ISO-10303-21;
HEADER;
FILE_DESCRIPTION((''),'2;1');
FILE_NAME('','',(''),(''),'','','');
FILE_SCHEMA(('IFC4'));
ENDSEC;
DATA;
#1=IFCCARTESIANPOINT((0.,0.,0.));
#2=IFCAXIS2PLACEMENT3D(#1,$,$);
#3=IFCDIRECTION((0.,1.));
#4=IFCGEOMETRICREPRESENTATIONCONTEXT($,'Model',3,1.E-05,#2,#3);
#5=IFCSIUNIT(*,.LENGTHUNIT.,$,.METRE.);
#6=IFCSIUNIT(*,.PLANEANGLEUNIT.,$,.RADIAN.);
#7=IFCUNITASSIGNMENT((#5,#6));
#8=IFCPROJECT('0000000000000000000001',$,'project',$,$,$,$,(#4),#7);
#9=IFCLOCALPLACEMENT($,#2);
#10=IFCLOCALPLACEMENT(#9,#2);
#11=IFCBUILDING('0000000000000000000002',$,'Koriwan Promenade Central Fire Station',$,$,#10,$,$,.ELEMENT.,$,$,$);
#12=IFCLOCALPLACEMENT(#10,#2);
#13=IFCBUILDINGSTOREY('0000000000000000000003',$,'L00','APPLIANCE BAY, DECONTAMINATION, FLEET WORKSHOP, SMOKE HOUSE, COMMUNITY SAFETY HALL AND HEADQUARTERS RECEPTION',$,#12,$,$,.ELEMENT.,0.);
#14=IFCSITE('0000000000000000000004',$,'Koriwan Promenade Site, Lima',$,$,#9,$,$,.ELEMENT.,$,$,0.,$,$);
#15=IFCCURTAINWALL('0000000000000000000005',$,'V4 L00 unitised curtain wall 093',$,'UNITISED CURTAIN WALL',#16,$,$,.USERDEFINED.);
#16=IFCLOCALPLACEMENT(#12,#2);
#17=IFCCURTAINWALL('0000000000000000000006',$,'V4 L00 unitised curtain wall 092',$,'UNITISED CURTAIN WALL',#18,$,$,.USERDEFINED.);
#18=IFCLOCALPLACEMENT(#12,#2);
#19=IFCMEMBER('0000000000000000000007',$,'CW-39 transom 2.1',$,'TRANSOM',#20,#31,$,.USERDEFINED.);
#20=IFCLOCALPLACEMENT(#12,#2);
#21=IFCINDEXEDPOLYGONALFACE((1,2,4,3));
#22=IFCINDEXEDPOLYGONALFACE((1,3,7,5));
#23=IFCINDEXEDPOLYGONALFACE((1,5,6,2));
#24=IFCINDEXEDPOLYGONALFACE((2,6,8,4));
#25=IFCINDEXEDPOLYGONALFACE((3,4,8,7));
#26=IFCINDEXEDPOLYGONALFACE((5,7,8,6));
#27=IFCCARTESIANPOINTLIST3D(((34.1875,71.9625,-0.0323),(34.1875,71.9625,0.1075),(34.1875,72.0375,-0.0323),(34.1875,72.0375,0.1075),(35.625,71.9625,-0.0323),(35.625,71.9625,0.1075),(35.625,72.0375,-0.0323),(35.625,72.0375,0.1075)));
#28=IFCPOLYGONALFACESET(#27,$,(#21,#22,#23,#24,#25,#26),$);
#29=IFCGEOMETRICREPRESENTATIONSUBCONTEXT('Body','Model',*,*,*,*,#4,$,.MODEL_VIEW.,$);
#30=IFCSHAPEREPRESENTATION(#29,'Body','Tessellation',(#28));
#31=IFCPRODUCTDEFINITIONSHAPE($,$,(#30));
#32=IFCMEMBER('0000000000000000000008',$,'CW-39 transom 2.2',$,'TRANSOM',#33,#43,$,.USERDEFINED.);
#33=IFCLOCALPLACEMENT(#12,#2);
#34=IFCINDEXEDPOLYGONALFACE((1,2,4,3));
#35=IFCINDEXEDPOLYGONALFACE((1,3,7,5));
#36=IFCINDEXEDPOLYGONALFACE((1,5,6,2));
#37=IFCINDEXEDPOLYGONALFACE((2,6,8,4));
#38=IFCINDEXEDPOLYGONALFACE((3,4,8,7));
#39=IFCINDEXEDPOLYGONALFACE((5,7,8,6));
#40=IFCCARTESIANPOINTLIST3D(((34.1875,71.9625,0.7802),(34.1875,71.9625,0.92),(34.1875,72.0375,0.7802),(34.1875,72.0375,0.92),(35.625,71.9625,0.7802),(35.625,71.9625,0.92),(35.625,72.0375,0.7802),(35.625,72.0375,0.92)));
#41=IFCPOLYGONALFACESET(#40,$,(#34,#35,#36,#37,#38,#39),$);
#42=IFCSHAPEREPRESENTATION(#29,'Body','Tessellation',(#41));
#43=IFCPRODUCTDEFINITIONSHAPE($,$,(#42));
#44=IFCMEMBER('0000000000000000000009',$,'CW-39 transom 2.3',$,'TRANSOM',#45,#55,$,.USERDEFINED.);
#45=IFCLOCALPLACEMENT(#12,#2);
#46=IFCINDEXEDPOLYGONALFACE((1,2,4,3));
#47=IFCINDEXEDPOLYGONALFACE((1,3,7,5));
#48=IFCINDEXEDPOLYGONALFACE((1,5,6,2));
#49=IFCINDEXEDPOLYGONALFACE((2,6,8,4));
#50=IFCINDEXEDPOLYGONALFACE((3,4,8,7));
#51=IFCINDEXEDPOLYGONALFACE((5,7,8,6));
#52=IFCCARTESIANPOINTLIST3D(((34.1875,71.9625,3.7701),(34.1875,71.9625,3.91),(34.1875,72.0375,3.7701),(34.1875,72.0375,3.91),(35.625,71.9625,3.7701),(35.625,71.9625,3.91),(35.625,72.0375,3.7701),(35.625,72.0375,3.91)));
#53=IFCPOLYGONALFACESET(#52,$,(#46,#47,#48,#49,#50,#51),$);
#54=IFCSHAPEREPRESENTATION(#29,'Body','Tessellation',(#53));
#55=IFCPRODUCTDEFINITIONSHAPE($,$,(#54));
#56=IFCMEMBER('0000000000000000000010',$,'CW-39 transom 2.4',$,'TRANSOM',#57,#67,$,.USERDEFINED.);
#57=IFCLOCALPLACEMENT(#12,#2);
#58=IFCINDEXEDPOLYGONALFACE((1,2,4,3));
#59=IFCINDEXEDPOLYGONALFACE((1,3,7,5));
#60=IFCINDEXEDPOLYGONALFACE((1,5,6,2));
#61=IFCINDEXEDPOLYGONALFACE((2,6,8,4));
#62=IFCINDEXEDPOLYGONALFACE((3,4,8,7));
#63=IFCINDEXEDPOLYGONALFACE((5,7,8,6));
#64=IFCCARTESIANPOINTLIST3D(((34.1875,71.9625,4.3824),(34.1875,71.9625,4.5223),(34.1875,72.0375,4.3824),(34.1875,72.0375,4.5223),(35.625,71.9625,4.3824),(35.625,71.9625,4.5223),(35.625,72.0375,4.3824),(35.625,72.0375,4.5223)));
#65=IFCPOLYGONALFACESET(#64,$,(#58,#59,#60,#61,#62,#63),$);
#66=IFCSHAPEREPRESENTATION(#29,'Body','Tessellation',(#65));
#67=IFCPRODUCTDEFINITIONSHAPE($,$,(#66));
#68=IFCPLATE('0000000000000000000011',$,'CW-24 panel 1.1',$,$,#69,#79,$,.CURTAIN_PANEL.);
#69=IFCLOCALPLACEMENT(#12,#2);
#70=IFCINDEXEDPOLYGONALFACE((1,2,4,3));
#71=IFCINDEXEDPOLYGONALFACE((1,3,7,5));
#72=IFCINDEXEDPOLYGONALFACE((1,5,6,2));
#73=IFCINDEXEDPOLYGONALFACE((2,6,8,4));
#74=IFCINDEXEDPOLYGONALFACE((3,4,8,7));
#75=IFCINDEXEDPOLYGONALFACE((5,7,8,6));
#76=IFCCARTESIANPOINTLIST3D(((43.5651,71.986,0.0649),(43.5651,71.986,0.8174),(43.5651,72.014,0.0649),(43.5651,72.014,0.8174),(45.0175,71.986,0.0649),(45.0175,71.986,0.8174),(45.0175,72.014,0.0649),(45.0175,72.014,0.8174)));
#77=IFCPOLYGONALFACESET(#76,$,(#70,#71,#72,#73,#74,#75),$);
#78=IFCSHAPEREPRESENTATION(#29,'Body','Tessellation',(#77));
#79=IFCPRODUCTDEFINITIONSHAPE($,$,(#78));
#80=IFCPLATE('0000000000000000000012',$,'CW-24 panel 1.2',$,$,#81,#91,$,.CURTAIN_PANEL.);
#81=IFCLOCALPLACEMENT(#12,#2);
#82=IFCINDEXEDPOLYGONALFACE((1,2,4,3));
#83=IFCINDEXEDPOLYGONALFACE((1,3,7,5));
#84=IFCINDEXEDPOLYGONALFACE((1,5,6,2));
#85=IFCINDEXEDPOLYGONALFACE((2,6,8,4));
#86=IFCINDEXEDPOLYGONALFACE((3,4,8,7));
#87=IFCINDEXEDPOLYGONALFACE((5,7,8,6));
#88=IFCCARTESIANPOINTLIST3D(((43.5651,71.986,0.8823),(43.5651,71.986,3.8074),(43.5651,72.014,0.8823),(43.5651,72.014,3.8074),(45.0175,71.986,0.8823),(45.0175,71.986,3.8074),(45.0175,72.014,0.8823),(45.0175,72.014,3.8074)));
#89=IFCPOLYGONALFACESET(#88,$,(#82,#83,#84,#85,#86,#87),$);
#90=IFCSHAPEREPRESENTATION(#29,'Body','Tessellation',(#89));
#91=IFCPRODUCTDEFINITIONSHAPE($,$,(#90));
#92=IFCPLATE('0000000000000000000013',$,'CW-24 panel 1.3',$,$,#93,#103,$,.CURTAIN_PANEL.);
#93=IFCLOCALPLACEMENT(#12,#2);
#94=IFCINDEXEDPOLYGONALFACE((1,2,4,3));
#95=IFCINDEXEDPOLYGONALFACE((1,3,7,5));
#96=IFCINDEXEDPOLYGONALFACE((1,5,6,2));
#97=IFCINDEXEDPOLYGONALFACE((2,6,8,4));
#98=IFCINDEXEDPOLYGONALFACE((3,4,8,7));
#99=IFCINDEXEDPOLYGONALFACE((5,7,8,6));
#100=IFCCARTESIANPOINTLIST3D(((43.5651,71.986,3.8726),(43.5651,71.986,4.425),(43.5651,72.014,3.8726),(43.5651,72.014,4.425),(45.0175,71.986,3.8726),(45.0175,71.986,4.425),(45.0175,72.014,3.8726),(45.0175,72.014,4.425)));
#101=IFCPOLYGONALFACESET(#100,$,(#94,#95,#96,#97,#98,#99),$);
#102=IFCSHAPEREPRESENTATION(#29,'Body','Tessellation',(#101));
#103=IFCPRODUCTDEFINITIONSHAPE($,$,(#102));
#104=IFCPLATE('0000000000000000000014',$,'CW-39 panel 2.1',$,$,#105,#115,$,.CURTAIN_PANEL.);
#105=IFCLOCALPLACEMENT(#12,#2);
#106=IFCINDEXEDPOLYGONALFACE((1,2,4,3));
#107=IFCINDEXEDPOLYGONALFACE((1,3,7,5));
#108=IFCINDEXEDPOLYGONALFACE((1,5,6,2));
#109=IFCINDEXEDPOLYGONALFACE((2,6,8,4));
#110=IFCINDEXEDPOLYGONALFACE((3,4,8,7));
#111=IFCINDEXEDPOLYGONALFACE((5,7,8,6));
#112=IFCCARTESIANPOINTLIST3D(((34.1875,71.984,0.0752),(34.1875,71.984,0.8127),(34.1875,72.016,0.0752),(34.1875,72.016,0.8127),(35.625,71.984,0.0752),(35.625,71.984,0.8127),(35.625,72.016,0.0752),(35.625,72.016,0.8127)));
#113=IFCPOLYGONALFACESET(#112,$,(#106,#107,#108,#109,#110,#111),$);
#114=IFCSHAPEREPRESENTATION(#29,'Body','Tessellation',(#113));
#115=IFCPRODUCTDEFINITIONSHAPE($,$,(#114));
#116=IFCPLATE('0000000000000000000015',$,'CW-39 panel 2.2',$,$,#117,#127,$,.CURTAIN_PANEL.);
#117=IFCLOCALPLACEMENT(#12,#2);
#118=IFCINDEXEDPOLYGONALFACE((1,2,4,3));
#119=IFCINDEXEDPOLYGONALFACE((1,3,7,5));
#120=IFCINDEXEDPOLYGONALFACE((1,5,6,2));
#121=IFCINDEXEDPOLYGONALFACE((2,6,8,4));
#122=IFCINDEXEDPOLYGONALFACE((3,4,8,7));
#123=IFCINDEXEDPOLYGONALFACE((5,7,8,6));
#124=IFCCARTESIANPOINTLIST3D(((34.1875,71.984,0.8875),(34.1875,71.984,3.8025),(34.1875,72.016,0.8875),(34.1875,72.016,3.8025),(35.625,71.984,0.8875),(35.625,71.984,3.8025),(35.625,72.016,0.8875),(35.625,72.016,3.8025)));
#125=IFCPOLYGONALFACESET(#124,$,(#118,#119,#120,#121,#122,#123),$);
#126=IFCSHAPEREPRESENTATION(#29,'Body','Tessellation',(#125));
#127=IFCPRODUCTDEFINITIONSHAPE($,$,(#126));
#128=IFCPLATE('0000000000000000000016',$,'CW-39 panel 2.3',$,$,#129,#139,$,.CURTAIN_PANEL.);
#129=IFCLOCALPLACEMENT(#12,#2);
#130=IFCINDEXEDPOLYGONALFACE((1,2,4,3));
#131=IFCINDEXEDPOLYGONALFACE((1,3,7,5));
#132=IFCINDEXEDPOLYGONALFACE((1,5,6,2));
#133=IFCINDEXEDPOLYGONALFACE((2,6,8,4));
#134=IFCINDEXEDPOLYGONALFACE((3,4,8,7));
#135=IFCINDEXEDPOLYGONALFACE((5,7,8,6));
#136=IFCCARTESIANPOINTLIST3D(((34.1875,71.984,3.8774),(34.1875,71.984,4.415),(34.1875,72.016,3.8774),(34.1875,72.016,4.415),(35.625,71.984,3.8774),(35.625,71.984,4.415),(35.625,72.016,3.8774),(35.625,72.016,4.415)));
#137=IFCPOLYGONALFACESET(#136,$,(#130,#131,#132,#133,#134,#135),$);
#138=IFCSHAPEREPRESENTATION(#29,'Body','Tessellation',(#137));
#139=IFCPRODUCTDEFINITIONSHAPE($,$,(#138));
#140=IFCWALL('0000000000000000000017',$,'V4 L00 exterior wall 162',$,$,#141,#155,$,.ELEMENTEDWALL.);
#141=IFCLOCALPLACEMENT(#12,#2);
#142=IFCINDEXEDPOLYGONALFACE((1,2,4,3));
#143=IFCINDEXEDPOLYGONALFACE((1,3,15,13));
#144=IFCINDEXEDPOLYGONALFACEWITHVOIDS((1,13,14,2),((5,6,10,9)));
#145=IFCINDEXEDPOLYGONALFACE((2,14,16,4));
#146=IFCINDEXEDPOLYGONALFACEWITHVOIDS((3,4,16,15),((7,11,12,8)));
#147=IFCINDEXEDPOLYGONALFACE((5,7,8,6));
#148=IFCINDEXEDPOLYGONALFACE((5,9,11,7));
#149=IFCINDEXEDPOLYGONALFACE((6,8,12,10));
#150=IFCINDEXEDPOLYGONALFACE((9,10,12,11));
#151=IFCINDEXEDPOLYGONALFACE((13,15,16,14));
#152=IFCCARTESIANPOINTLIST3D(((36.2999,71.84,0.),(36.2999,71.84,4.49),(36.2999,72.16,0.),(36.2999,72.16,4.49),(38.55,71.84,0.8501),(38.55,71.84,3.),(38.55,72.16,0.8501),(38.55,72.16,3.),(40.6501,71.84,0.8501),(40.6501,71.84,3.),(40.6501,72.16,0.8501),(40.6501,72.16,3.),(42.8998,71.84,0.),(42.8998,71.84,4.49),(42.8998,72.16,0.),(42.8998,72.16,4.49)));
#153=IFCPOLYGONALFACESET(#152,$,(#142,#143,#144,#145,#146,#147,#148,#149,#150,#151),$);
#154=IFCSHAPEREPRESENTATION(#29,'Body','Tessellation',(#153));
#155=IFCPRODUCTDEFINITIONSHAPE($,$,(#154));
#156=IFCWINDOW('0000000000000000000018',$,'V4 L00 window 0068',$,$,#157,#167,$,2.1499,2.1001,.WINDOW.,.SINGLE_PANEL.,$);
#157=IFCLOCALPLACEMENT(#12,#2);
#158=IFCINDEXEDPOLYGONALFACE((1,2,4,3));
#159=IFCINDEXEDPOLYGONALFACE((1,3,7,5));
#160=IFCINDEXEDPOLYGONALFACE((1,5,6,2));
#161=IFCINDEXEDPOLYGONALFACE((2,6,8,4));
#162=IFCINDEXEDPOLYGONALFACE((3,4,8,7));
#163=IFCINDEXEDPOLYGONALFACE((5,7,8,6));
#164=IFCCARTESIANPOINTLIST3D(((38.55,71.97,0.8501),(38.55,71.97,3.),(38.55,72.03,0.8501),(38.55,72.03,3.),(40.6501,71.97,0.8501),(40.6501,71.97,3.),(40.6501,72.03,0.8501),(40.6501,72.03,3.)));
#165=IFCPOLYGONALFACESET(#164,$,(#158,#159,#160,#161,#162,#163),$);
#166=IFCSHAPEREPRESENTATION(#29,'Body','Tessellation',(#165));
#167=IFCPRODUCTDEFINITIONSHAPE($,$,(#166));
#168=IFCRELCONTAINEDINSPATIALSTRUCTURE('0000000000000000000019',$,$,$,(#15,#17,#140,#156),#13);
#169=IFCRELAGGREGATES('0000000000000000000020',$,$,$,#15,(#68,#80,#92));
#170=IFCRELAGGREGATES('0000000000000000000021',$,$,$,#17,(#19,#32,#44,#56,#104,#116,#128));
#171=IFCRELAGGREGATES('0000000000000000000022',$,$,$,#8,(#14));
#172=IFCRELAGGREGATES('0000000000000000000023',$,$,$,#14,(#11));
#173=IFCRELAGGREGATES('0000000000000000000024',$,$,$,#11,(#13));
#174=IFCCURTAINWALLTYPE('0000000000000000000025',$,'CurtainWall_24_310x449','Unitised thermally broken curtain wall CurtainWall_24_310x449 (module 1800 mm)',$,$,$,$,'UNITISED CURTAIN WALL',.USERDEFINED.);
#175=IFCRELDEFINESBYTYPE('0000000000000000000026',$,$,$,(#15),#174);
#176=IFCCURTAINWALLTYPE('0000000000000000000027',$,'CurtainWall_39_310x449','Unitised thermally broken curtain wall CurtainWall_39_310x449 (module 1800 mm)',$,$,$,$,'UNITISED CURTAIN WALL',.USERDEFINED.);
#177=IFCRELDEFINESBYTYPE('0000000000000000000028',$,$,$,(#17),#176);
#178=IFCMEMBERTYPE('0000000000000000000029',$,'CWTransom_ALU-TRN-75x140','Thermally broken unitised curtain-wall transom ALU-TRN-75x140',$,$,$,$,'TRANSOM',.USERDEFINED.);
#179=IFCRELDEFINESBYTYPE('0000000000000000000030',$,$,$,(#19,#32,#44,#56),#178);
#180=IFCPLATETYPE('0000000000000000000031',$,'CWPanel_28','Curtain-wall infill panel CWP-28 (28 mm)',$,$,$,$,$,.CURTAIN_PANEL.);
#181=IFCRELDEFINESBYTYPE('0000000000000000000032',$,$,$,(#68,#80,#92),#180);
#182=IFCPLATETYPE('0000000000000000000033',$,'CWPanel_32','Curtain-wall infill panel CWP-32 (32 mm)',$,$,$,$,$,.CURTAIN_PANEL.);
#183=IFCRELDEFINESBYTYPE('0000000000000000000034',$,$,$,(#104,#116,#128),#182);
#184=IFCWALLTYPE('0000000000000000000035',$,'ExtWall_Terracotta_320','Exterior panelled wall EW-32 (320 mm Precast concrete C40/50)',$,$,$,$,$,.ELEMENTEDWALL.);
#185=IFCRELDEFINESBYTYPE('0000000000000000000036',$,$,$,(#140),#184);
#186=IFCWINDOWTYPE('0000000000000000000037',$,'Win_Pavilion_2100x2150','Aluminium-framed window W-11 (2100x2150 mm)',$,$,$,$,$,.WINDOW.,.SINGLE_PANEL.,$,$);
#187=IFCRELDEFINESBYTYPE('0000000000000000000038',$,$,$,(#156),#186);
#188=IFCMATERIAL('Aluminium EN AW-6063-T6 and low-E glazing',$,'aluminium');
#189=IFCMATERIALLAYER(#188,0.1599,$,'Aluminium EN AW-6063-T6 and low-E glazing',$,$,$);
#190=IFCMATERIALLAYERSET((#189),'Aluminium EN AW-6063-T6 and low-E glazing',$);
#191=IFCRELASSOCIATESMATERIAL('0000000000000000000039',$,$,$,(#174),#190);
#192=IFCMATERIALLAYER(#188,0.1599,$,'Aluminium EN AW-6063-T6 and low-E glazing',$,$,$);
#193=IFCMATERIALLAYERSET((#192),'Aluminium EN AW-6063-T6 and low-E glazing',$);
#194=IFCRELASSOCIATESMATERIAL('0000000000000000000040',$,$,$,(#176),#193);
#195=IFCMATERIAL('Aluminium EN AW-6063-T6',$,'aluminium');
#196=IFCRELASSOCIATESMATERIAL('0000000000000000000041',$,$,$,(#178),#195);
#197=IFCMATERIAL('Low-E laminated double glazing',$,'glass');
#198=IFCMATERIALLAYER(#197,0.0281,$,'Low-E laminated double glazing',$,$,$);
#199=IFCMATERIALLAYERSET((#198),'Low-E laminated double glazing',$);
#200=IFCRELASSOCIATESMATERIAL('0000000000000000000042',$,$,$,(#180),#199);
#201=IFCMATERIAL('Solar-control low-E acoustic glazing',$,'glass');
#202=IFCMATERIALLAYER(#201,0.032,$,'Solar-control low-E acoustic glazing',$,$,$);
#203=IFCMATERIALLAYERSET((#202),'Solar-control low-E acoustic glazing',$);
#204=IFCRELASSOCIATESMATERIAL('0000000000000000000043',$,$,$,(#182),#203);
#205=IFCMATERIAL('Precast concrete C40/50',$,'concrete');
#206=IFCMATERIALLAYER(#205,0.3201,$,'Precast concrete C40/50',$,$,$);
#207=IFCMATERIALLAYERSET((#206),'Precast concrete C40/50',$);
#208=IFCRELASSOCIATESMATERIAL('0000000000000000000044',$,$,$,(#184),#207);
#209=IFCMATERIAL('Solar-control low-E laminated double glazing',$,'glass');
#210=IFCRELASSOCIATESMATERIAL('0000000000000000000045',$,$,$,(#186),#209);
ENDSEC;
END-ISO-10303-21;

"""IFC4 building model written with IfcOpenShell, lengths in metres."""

from ifc_helpers import new_model, si_unit, direction, frame, frame_2d, origin, origin_2d, place, context, subcontext, project, spatial, rectangle, extrude, material, layer, layer_set, material_profile, profile_set, type_object, element, fill, aggregate, save


model = new_model("IFC4")

# Units and contexts
model_context = context("Model", 3, precision=1e-05, world=origin(), true_north=direction((0.0, 1.0)))
body_context = subcontext(model_context, "Body", "Model", "MODEL_VIEW")
ifc_project = project(units=[si_unit("LENGTHUNIT", "METRE"), si_unit("PLANEANGLEUNIT", "RADIAN")], contexts=[model_context])

# Site, building, storey
site_placement = place(None, origin())
site = spatial("IfcSite", under=ifc_project, at=site_placement, Name="Koriwan Promenade Site, Lima", CompositionType="ELEMENT", RefElevation=0.0)
building_placement = place(site_placement, origin())
building = spatial("IfcBuilding", under=site, at=building_placement, Name="Koriwan Promenade Central Fire Station", CompositionType="ELEMENT")
storey_placement = place(building_placement, origin())
storey = spatial("IfcBuildingStorey", under=building, at=storey_placement, Name="L00", Description="APPLIANCE BAY, DECONTAMINATION, FLEET WORKSHOP, SMOKE HOUSE, COMMUNITY SAFETY HALL AND HEADQUARTERS RECEPTION", CompositionType="ELEMENT", Elevation=0.0)

# Curtain walls
ifc_material_1 = material(Name="Aluminium EN AW-6063-T6 and low-E glazing", Category="aluminium")
ifc_layer_1 = layer(ifc_material_1, 0.1599, Name="Aluminium EN AW-6063-T6 and low-E glazing")
ifc_layer_set_1 = layer_set([ifc_layer_1], Name="Aluminium EN AW-6063-T6 and low-E glazing")
curtain_wall_type_1 = type_object("IfcCurtainWallType", Name="CurtainWall_24_310x449", Description="Unitised thermally broken curtain wall CurtainWall_24_310x449 (module 1800 mm)", ElementType="UNITISED CURTAIN WALL", PredefinedType="USERDEFINED", material=ifc_layer_set_1)
curtain_wall_1_placement = place(storey_placement, origin())
curtain_wall_1 = element("IfcCurtainWall", 1, at=curtain_wall_1_placement, inside=storey, type_object=curtain_wall_type_1, Name="V4 L00 unitised curtain wall 093", ObjectType="UNITISED CURTAIN WALL", PredefinedType="USERDEFINED")
ifc_material_2 = material(Name="Aluminium EN AW-6063-T6", Category="aluminium")
ifc_layer_2 = layer(ifc_material_1, 0.1599, Name="Aluminium EN AW-6063-T6 and low-E glazing")
ifc_layer_set_2 = layer_set([ifc_layer_2], Name="Aluminium EN AW-6063-T6 and low-E glazing")
curtain_wall_type_2 = type_object("IfcCurtainWallType", Name="CurtainWall_39_310x449", Description="Unitised thermally broken curtain wall CurtainWall_39_310x449 (module 1800 mm)", ElementType="UNITISED CURTAIN WALL", PredefinedType="USERDEFINED", material=ifc_layer_set_2)
curtain_wall_2_placement = place(storey_placement, origin())
curtain_wall_2 = element("IfcCurtainWall", 2, at=curtain_wall_2_placement, inside=storey, type_object=curtain_wall_type_2, Name="V4 L00 unitised curtain wall 092", ObjectType="UNITISED CURTAIN WALL", PredefinedType="USERDEFINED")

# Members
ifc_material_profile_1 = material_profile(ifc_material_2, rectangle(XDim=0.075, YDim=0.1399, at=origin_2d()), Name="ALU-TRN-75x140")
ifc_profile_set_1 = profile_set([ifc_material_profile_1], Name="Aluminium EN AW-6063-T6")
member_type_1 = type_object("IfcMemberType", Name="CWTransom_ALU-TRN-75x140", Description="Thermally broken unitised curtain-wall transom ALU-TRN-75x140", ElementType="TRANSOM", PredefinedType="USERDEFINED", material=ifc_profile_set_1)
member_1_placement = place(storey_placement, frame((34.1875, 72.0, 0.0376), z_axis=(1.0, 0.0, 0.0), x_axis=(0.0, 1.0, 0.0)))
member_1 = element("IfcMember", 3, at=member_1_placement, type_object=member_type_1, Name="CW-39 transom 2.1", ObjectType="TRANSOM", PredefinedType="USERDEFINED", context=body_context, shape_type="SweptSolid", body=[
    extrude(rectangle(XDim=0.075, YDim=0.1399, at=origin_2d()), origin(), (0.0, 0.0, 1.0), 1.4375),
])
member_2_placement = place(storey_placement, frame((34.1875, 72.0, 0.8501), z_axis=(1.0, 0.0, 0.0), x_axis=(0.0, 1.0, 0.0)))
member_2 = element("IfcMember", 4, at=member_2_placement, type_object=member_type_1, Name="CW-39 transom 2.2", ObjectType="TRANSOM", PredefinedType="USERDEFINED", context=body_context, shape_type="SweptSolid", body=[
    extrude(rectangle(XDim=0.075, YDim=0.1399, at=origin_2d()), origin(), (0.0, 0.0, 1.0), 1.4375),
])
member_3_placement = place(storey_placement, frame((34.1875, 72.0, 3.8401), z_axis=(1.0, 0.0, 0.0), x_axis=(0.0, 1.0, 0.0)))
member_3 = element("IfcMember", 5, at=member_3_placement, type_object=member_type_1, Name="CW-39 transom 2.3", ObjectType="TRANSOM", PredefinedType="USERDEFINED", context=body_context, shape_type="SweptSolid", body=[
    extrude(rectangle(XDim=0.075, YDim=0.1399, at=origin_2d()), origin(), (0.0, 0.0, 1.0), 1.4375),
])
member_4_placement = place(storey_placement, frame((34.1875, 72.0, 4.4524), z_axis=(1.0, 0.0, 0.0), x_axis=(0.0, 1.0, 0.0)))
member_4 = element("IfcMember", 6, at=member_4_placement, type_object=member_type_1, Name="CW-39 transom 2.4", ObjectType="TRANSOM", PredefinedType="USERDEFINED", context=body_context, shape_type="SweptSolid", body=[
    extrude(rectangle(XDim=0.075, YDim=0.1399, at=origin_2d()), origin(), (0.0, 0.0, 1.0), 1.4375),
])

# Plates
ifc_material_3 = material(Name="Low-E laminated double glazing", Category="glass")
ifc_layer_3 = layer(ifc_material_3, 0.0281, Name="Low-E laminated double glazing")
ifc_layer_set_3 = layer_set([ifc_layer_3], Name="Low-E laminated double glazing")
plate_type_1 = type_object("IfcPlateType", Name="CWPanel_28", Description="Curtain-wall infill panel CWP-28 (28 mm)", PredefinedType="CURTAIN_PANEL", material=ifc_layer_set_3)
plate_1_placement = place(storey_placement, frame((44.2913, 72.0, 0.0649), z_axis=(0.0, 0.0, 1.0), x_axis=(1.0, 0.0, 0.0)))
plate_1 = element("IfcPlate", 7, at=plate_1_placement, type_object=plate_type_1, Name="CW-24 panel 1.1", PredefinedType="CURTAIN_PANEL", context=body_context, shape_type="SweptSolid", body=[
    extrude(rectangle(XDim=1.4524, YDim=0.0281, at=origin_2d()), origin(), (0.0, 0.0, 1.0), 0.7524),
])
plate_2_placement = place(storey_placement, frame((44.2913, 72.0, 0.8823), z_axis=(0.0, 0.0, 1.0), x_axis=(1.0, 0.0, 0.0)))
plate_2 = element("IfcPlate", 8, at=plate_2_placement, type_object=plate_type_1, Name="CW-24 panel 1.2", PredefinedType="CURTAIN_PANEL", context=body_context, shape_type="SweptSolid", body=[
    extrude(rectangle(XDim=1.4524, YDim=0.0281, at=origin_2d()), origin(), (0.0, 0.0, 1.0), 2.925),
])
plate_3_placement = place(storey_placement, frame((44.2913, 72.0, 3.8726), z_axis=(0.0, 0.0, 1.0), x_axis=(1.0, 0.0, 0.0)))
plate_3 = element("IfcPlate", 9, at=plate_3_placement, type_object=plate_type_1, Name="CW-24 panel 1.3", PredefinedType="CURTAIN_PANEL", context=body_context, shape_type="SweptSolid", body=[
    extrude(rectangle(XDim=1.4524, YDim=0.0281, at=origin_2d()), origin(), (0.0, 0.0, 1.0), 0.5525),
])
aggregate(curtain_wall_1, [plate_1, plate_2, plate_3])
ifc_material_4 = material(Name="Solar-control low-E acoustic glazing", Category="glass")
ifc_layer_4 = layer(ifc_material_4, 0.032, Name="Solar-control low-E acoustic glazing")
ifc_layer_set_4 = layer_set([ifc_layer_4], Name="Solar-control low-E acoustic glazing")
plate_type_2 = type_object("IfcPlateType", Name="CWPanel_32", Description="Curtain-wall infill panel CWP-32 (32 mm)", PredefinedType="CURTAIN_PANEL", material=ifc_layer_set_4)
plate_4_placement = place(storey_placement, frame((34.9062, 72.0, 0.0752), z_axis=(0.0, 0.0, 1.0), x_axis=(1.0, 0.0, 0.0)))
plate_4 = element("IfcPlate", 10, at=plate_4_placement, type_object=plate_type_2, Name="CW-39 panel 2.1", PredefinedType="CURTAIN_PANEL", context=body_context, shape_type="SweptSolid", body=[
    extrude(rectangle(XDim=1.4375, YDim=0.032, at=origin_2d()), origin(), (0.0, 0.0, 1.0), 0.7375),
])
plate_5_placement = place(storey_placement, frame((34.9062, 72.0, 0.8875), z_axis=(0.0, 0.0, 1.0), x_axis=(1.0, 0.0, 0.0)))
plate_5 = element("IfcPlate", 11, at=plate_5_placement, type_object=plate_type_2, Name="CW-39 panel 2.2", PredefinedType="CURTAIN_PANEL", context=body_context, shape_type="SweptSolid", body=[
    extrude(rectangle(XDim=1.4375, YDim=0.032, at=origin_2d()), origin(), (0.0, 0.0, 1.0), 2.915),
])
plate_6_placement = place(storey_placement, frame((34.9062, 72.0, 3.8774), z_axis=(0.0, 0.0, 1.0), x_axis=(1.0, 0.0, 0.0)))
plate_6 = element("IfcPlate", 12, at=plate_6_placement, type_object=plate_type_2, Name="CW-39 panel 2.3", PredefinedType="CURTAIN_PANEL", context=body_context, shape_type="SweptSolid", body=[
    extrude(rectangle(XDim=1.4375, YDim=0.032, at=origin_2d()), origin(), (0.0, 0.0, 1.0), 0.5376),
])
aggregate(curtain_wall_2, [member_1, member_2, member_3, member_4, plate_4, plate_5, plate_6])

# Wall, opening, window
ifc_material_5 = material(Name="Precast concrete C40/50", Category="concrete")
ifc_layer_5 = layer(ifc_material_5, 0.3201, Name="Precast concrete C40/50")
ifc_layer_set_5 = layer_set([ifc_layer_5], Name="Precast concrete C40/50")
wall_type = type_object("IfcWallType", Name="ExtWall_Terracotta_320", Description="Exterior panelled wall EW-32 (320 mm Precast concrete C40/50)", PredefinedType="ELEMENTEDWALL", material=ifc_layer_set_5)
wall_placement = place(storey_placement, frame((36.3, 72.0, 0.0), z_axis=(0.0, 0.0, 1.0), x_axis=(1.0, 0.0, 0.0)))
wall = element("IfcWall", 13, at=wall_placement, inside=storey, type_object=wall_type, Name="V4 L00 exterior wall 162", PredefinedType="ELEMENTEDWALL", context=body_context, shape_type="SweptSolid", body=[
    extrude(rectangle(XDim=6.5999, YDim=0.3201, at=frame_2d((3.2998, 0.0))), origin(), (0.0, 0.0, 1.0), 4.49),
])
opening_placement = place(wall_placement, frame((2.25, 0.0, 0.8501)))
opening = element("IfcOpeningElement", 14, at=opening_placement, cuts=wall, PredefinedType="OPENING", context=body_context, shape_type="SweptSolid", body=[
    extrude(rectangle(XDim=2.1001, YDim=2.1499, at=frame_2d((1.05, 1.075))), frame((0.0, 0.1719, 0.0), z_axis=(0.0, -1.0, 0.0), x_axis=(1.0, 0.0, 0.0)), (0.0, 0.0, 1.0), 0.344),
])
ifc_material_6 = material(Name="Solar-control low-E laminated double glazing", Category="glass")
window_type = type_object("IfcWindowType", Name="Win_Pavilion_2100x2150", Description="Aluminium-framed window W-11 (2100x2150 mm)", PartitioningType="SINGLE_PANEL", PredefinedType="WINDOW", material=ifc_material_6)
window_placement = place(opening_placement, origin())
window = element("IfcWindow", 15, at=window_placement, inside=storey, type_object=window_type, Name="V4 L00 window 0068", OverallHeight=2.1499, OverallWidth=2.1001, PartitioningType="SINGLE_PANEL", PredefinedType="WINDOW", context=body_context, shape_type="SweptSolid", body=[
    extrude(rectangle(XDim=2.1001, YDim=2.1499, at=frame_2d((1.05, 1.075))), frame((0.0, 0.03, 0.0), z_axis=(0.0, -1.0, 0.0), x_axis=(1.0, 0.0, 0.0)), (0.0, 0.0, 1.0), 0.0601),
])
fill(opening, window)

save(model, "model.ifc")
